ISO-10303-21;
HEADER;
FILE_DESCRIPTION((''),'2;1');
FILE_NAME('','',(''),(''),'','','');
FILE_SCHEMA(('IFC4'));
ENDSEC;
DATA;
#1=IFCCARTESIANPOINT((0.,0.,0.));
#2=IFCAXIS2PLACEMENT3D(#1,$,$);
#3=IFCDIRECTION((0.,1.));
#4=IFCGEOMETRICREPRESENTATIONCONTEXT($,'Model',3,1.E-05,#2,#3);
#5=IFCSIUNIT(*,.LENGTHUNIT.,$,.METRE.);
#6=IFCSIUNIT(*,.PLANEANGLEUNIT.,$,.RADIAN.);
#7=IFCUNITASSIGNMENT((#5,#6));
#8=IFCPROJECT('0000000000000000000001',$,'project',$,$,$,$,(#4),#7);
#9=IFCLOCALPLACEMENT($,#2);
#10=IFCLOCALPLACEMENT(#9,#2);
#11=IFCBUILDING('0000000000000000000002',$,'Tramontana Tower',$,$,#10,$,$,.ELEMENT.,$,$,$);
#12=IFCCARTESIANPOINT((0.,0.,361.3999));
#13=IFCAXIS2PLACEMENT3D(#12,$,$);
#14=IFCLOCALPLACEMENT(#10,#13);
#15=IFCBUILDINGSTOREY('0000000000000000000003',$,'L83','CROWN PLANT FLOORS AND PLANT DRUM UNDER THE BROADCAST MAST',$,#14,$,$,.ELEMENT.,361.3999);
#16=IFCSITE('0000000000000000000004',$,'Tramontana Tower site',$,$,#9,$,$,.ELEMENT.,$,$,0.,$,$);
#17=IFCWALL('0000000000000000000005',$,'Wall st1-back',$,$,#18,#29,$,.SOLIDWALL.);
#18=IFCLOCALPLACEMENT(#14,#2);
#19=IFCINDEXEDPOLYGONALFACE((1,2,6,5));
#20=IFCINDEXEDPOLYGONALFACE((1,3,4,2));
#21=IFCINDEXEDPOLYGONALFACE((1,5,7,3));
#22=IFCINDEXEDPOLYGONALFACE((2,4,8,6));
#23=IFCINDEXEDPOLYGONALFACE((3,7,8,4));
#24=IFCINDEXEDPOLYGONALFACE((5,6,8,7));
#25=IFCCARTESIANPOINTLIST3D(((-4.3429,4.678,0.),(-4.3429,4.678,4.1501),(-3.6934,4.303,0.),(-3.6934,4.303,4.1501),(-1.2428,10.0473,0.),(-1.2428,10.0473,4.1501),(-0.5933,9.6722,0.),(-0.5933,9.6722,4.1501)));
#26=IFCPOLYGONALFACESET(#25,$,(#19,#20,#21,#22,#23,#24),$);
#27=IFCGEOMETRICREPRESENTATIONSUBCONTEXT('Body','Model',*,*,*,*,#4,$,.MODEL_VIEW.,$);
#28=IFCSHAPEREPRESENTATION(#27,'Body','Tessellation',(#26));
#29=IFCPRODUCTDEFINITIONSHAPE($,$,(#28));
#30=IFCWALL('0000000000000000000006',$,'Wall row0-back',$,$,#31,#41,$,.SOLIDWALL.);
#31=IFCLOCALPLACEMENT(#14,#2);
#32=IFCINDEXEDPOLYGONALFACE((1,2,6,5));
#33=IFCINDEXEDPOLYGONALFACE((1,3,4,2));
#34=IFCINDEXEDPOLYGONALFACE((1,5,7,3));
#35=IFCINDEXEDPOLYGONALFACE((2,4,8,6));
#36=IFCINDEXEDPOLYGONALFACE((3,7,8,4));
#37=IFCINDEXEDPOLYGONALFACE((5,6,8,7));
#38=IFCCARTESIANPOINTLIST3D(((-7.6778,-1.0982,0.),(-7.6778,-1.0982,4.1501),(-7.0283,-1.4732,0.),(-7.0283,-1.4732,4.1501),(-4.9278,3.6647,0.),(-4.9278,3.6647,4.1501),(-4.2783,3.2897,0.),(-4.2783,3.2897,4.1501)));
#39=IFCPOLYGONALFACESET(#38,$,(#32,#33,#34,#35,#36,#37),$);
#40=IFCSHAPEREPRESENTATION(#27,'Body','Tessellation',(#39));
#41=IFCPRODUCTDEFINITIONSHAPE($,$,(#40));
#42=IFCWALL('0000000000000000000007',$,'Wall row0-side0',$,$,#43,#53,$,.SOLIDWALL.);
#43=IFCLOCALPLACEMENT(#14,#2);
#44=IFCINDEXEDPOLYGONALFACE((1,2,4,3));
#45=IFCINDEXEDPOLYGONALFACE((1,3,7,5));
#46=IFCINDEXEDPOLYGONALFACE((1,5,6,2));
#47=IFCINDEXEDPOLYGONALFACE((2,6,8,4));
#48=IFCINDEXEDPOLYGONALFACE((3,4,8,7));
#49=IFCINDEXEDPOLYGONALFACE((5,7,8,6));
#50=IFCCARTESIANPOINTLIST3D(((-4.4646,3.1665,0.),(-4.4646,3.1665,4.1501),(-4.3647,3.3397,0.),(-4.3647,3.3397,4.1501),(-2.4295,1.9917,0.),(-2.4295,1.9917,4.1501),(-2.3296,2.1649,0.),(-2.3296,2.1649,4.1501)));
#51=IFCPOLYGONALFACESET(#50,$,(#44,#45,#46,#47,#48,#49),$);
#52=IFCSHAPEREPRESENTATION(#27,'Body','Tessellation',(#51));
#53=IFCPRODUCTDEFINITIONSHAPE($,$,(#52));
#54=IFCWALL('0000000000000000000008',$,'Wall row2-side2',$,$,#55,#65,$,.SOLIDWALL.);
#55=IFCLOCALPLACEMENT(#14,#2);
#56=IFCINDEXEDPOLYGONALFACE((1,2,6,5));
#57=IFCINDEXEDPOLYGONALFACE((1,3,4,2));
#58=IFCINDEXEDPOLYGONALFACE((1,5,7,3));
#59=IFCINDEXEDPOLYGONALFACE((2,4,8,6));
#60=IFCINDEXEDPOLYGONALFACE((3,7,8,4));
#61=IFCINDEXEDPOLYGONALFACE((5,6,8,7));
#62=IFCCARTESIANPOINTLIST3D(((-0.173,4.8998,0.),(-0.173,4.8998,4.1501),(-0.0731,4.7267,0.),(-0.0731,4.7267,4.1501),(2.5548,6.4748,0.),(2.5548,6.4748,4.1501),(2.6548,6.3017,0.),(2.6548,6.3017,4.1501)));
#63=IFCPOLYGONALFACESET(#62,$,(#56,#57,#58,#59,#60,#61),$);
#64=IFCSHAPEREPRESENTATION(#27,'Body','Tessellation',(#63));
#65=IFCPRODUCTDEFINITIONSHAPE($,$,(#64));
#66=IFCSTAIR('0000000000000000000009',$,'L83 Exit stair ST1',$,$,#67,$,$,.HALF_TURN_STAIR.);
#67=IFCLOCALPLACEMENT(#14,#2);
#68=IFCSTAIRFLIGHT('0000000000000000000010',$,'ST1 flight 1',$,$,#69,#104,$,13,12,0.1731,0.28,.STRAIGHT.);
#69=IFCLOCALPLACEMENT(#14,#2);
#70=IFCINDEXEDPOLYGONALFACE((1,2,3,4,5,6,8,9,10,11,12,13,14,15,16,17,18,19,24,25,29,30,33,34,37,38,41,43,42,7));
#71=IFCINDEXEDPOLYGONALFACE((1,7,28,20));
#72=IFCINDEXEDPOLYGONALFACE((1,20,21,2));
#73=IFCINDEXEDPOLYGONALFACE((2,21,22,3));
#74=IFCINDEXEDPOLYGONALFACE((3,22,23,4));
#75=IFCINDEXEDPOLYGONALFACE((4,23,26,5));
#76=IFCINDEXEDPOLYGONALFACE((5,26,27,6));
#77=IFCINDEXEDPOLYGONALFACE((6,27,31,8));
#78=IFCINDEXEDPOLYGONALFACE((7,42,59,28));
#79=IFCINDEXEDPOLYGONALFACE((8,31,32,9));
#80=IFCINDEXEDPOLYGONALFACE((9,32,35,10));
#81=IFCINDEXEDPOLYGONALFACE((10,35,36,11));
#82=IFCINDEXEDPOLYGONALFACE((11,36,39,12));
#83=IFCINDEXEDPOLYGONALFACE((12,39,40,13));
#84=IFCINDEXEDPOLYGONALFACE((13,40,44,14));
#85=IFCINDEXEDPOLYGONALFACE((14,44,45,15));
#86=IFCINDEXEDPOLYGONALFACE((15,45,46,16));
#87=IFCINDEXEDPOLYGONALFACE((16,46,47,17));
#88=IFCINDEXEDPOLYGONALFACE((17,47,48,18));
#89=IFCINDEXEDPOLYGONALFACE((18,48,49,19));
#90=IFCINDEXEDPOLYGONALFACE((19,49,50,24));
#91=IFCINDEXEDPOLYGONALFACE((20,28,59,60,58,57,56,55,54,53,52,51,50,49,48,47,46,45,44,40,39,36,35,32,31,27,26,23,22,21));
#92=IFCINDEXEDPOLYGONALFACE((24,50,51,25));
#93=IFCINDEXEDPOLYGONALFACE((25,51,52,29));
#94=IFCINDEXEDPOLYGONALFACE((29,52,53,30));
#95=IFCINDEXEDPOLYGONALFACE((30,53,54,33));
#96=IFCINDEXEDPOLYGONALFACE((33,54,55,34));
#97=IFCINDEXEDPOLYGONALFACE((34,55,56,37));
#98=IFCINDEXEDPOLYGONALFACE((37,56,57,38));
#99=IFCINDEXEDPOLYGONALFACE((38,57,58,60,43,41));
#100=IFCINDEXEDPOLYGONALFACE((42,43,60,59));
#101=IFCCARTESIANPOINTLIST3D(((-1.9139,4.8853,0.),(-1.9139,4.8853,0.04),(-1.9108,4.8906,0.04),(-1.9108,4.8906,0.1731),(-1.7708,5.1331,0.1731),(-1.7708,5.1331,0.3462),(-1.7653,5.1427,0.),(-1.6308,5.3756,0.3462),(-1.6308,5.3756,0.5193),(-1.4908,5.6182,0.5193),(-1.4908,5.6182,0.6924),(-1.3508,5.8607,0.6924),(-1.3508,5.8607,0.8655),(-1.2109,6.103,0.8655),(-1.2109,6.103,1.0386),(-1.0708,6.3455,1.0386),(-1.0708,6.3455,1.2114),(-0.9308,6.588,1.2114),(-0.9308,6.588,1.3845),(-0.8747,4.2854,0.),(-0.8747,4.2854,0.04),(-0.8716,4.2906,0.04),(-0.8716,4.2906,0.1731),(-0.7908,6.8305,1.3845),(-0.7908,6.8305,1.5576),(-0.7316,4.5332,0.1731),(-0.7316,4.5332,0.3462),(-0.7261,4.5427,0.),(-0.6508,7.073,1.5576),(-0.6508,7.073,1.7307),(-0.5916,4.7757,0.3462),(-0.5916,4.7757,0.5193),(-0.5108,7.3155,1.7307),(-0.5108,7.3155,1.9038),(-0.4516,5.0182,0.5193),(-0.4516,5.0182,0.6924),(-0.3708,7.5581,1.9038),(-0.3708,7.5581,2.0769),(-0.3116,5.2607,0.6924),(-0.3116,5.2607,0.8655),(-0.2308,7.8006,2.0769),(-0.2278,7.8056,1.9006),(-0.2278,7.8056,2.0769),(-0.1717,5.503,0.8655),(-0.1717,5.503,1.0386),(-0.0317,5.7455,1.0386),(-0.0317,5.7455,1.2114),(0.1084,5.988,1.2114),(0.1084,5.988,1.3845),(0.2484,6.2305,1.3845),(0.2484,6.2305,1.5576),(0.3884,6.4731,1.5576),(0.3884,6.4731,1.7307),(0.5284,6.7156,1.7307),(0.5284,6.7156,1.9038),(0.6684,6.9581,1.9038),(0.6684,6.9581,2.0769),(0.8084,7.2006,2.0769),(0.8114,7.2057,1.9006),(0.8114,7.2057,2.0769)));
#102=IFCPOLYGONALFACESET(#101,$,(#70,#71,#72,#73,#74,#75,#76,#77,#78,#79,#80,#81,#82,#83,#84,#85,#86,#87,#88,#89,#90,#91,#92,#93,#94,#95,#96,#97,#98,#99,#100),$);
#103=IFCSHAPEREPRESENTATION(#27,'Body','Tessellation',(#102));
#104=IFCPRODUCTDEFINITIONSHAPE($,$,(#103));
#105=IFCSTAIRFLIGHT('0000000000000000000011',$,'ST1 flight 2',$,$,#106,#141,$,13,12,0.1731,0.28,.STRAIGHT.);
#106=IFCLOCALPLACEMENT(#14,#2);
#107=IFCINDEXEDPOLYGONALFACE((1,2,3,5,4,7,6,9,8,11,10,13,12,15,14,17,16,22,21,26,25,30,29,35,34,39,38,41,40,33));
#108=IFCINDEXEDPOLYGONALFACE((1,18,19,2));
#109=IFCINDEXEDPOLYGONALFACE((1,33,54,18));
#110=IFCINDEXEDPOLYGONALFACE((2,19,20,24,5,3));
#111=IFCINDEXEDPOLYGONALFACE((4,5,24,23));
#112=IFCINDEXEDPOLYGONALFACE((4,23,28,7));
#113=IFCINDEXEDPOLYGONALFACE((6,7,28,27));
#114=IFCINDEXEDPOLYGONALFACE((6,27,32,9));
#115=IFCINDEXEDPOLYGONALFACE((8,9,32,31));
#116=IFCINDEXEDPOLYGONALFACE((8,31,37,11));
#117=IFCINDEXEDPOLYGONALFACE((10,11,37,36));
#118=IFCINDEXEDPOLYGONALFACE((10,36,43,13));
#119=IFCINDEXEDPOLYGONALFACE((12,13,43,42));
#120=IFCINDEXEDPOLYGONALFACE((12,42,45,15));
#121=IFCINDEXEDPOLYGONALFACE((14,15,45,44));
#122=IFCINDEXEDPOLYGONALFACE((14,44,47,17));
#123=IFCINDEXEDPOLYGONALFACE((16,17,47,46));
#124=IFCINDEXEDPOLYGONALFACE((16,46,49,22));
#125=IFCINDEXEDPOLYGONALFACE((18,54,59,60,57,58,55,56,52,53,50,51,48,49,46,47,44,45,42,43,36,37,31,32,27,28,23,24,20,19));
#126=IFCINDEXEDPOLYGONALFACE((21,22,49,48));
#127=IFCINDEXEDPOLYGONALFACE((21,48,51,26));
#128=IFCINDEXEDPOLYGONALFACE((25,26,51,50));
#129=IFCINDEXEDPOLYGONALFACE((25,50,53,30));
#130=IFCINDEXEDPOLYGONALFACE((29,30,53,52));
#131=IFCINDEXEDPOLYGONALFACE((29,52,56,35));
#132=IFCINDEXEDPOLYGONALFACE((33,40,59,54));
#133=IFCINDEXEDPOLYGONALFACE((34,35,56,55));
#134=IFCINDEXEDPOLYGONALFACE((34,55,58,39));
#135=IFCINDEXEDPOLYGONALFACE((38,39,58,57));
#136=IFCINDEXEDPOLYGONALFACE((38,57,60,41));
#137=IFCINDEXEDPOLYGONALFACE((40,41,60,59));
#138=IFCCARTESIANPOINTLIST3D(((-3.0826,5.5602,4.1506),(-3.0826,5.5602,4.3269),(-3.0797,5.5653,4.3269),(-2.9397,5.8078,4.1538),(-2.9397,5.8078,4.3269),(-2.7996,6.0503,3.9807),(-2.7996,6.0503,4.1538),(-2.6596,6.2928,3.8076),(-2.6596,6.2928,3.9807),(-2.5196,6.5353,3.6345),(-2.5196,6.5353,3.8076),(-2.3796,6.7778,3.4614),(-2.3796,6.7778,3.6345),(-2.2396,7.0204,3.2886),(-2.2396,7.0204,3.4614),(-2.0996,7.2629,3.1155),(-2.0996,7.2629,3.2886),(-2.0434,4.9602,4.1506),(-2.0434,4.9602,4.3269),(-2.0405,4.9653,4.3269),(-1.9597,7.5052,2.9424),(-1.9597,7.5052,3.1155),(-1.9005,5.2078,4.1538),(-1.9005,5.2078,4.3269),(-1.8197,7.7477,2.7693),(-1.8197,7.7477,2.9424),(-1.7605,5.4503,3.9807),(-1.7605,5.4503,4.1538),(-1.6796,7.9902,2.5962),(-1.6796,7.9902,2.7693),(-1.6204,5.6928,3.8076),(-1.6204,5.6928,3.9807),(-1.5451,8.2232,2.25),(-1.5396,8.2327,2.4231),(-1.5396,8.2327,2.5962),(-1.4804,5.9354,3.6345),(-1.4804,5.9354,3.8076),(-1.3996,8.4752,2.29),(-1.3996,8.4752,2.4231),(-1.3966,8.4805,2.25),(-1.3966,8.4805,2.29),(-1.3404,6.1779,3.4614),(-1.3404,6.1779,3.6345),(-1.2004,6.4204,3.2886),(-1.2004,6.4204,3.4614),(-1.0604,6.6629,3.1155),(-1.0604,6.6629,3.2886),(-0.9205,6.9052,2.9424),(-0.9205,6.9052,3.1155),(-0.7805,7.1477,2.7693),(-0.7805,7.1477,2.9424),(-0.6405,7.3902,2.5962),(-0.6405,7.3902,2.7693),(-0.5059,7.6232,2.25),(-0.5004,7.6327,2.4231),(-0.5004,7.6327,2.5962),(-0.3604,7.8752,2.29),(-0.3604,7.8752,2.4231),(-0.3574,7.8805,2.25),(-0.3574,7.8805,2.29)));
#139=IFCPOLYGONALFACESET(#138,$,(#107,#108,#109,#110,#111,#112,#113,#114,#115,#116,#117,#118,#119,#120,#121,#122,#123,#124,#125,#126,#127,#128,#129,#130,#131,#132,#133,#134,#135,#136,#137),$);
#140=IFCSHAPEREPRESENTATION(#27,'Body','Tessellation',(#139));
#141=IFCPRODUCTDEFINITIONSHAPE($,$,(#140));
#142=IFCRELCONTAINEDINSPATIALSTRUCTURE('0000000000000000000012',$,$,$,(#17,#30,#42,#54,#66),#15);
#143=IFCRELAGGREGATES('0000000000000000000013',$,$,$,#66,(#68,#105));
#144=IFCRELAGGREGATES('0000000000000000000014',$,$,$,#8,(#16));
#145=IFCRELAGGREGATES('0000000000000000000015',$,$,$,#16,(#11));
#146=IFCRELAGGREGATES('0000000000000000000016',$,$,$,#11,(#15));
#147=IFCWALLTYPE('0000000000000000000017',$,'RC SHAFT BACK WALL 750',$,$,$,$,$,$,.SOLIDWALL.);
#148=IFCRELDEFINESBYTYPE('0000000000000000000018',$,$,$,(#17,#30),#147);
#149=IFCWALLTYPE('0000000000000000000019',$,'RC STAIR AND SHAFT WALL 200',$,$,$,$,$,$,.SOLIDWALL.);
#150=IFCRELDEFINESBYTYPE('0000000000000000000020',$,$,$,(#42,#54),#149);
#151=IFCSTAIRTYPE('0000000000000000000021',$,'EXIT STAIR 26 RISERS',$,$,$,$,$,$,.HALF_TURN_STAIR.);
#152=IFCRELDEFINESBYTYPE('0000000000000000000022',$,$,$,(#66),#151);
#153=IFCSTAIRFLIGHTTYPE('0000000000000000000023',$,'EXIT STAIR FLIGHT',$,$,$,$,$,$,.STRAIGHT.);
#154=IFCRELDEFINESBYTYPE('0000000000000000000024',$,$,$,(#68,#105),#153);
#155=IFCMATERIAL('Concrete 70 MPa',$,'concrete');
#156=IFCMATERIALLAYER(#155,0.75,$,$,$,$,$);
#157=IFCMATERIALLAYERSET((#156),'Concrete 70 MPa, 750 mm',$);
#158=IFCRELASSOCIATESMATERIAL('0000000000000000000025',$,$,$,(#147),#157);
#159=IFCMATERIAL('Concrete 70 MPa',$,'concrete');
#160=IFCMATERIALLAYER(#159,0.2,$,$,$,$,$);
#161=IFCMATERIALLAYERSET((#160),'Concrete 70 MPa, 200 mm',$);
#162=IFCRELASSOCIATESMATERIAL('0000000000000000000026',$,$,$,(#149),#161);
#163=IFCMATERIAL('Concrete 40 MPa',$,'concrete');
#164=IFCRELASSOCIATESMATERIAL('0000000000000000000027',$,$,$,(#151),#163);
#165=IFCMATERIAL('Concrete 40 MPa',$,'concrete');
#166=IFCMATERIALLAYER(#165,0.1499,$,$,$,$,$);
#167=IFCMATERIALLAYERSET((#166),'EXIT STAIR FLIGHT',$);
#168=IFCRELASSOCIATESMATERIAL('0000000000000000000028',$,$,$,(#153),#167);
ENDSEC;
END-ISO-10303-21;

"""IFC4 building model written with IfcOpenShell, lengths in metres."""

from ifc_helpers import new_model, si_unit, direction, frame, frame_2d, origin, place, context, subcontext, project, spatial, polyline, rectangle, outline, extrude, material, layer, layer_set, type_object, element, aggregate, save


model = new_model("IFC4")

# Units and contexts
model_context = context("Model", 3, precision=1e-05, world=origin(), true_north=direction((0.0, 1.0)))
body_context = subcontext(model_context, "Body", "Model", "MODEL_VIEW")
ifc_project = project(units=[si_unit("LENGTHUNIT", "METRE"), si_unit("PLANEANGLEUNIT", "RADIAN")], contexts=[model_context])

# Site, building, storey
site_placement = place(None, origin())
site = spatial("IfcSite", under=ifc_project, at=site_placement, Name="Tramontana Tower site", CompositionType="ELEMENT", RefElevation=0.0)
building_placement = place(site_placement, origin())
building = spatial("IfcBuilding", under=site, at=building_placement, Name="Tramontana Tower", CompositionType="ELEMENT")
storey_placement = place(building_placement, frame((0.0, 0.0, 361.3999)))
storey = spatial("IfcBuildingStorey", under=building, at=storey_placement, Name="L83", Description="CROWN PLANT FLOORS AND PLANT DRUM UNDER THE BROADCAST MAST", CompositionType="ELEMENT", Elevation=361.3999)

# Walls
ifc_material_1 = material(Name="Concrete 70 MPa", Category="concrete")
ifc_layer_1 = layer(ifc_material_1, 0.75)
ifc_layer_set_1 = layer_set([ifc_layer_1], Name="Concrete 70 MPa, 750 mm")
wall_type_1 = type_object("IfcWallType", Name="RC SHAFT BACK WALL 750", PredefinedType="SOLIDWALL", material=ifc_layer_set_1)
wall_1_placement = place(storey_placement, frame((-0.918, 9.8599, 0.0), z_axis=(0.0, 0.0, 1.0), x_axis=(-0.500027, -0.86601, 0.0)))
element("IfcWall", 1, at=wall_1_placement, inside=storey, type_object=wall_type_1, Name="Wall st1-back", PredefinedType="SOLIDWALL", context=body_context, shape_type="SweptSolid", body=[
    extrude(rectangle(XDim=6.2, YDim=0.75, at=frame_2d((3.1001, 0.0))), origin(), (0.0, 0.0, 1.0), 4.1501),
])
wall_2_placement = place(storey_placement, frame((-4.603, 3.4773, 0.0), z_axis=(0.0, 0.0, 1.0), x_axis=(-0.500016, -0.866016, 0.0)))
element("IfcWall", 2, at=wall_2_placement, inside=storey, type_object=wall_type_1, Name="Wall row0-back", PredefinedType="SOLIDWALL", context=body_context, shape_type="SweptSolid", body=[
    extrude(rectangle(XDim=5.4998, YDim=0.75, at=frame_2d((2.75, 0.0))), origin(), (0.0, 0.0, 1.0), 4.1501),
])

# Shared definitions
ifc_material_2 = material(Name="Concrete 70 MPa", Category="concrete")
ifc_layer_2 = layer(ifc_material_2, 0.2)
ifc_layer_set_2 = layer_set([ifc_layer_2], Name="Concrete 70 MPa, 200 mm")
wall_type_2 = type_object("IfcWallType", Name="RC STAIR AND SHAFT WALL 200", PredefinedType="SOLIDWALL", material=ifc_layer_set_2)

# Walls
wall_3_placement = place(storey_placement, frame((-2.3796, 2.0784, 0.0), z_axis=(0.0, 0.0, 1.0), x_axis=(-0.866061, 0.499938, 0.0)))
element("IfcWall", 3, at=wall_3_placement, inside=storey, type_object=wall_type_2, Name="Wall row0-side0", PredefinedType="SOLIDWALL", context=body_context, shape_type="SweptSolid", body=[
    extrude(rectangle(XDim=2.3499, YDim=0.2, at=frame_2d((1.1748, 0.0))), origin(), (0.0, 0.0, 1.0), 4.1501),
])
wall_4_placement = place(storey_placement, frame((-0.123, 4.8132, 0.0), z_axis=(0.0, 0.0, 1.0), x_axis=(0.866016, 0.500015, 0.0)))
element("IfcWall", 4, at=wall_4_placement, inside=storey, type_object=wall_type_2, Name="Wall row2-side2", PredefinedType="SOLIDWALL", context=body_context, shape_type="SweptSolid", body=[
    extrude(rectangle(XDim=3.1499, YDim=0.2, at=frame_2d((1.575, 0.0))), origin(), (0.0, 0.0, 1.0), 4.1501),
])

# Stair, stair flights
ifc_material_3 = material(Name="Concrete 40 MPa", Category="concrete")
stair_type = type_object("IfcStairType", Name="EXIT STAIR 26 RISERS", PredefinedType="HALF_TURN_STAIR", material=ifc_material_3)
stair_placement = place(storey_placement, origin())
stair = element("IfcStair", 5, at=stair_placement, inside=storey, type_object=stair_type, Name="L83 Exit stair ST1", PredefinedType="HALF_TURN_STAIR")
ifc_material_4 = material(Name="Concrete 40 MPa", Category="concrete")
ifc_layer_3 = layer(ifc_material_4, 0.1499)
ifc_layer_set_3 = layer_set([ifc_layer_3], Name="EXIT STAIR FLIGHT")
stair_flight_type = type_object("IfcStairFlightType", Name="EXIT STAIR FLIGHT", PredefinedType="STRAIGHT", material=ifc_layer_set_3)
stair_flight_1_placement = place(storey_placement, frame((-1.3911, 4.5906, 0.0), z_axis=(0.0, 0.0, 1.0), x_axis=(0.5, 0.866025, 0.0)))
stair_flight_1 = element("IfcStairFlight", 6, at=stair_flight_1_placement, type_object=stair_flight_type, Name="ST1 flight 1", NumberOfRisers=13, NumberOfTreads=12, PredefinedType="STRAIGHT", RiserHeight=0.1731, TreadLength=0.28, context=body_context, shape_type="SweptSolid", body=[
    extrude(outline(polyline([(-0.0061, 0.0), (-0.0061, 0.04), (0.0, 0.04), (0.0, 0.1731), (0.28, 0.1731), (0.28, 0.3462), (0.5601, 0.3462), (0.5601, 0.5193), (0.8401, 0.5193), (0.8401, 0.6924), (1.1201, 0.6924), (1.1201, 0.8655), (1.3999, 0.8655), (1.3999, 1.0386), (1.6799, 1.0386), (1.6799, 1.2114), (1.96, 1.2114), (1.96, 1.3845), (2.24, 1.3845), (2.24, 1.5576), (2.52, 1.5576), (2.52, 1.7307), (2.8, 1.7307), (2.8, 1.9038), (3.0801, 1.9038), (3.0801, 2.0769), (3.3601, 2.0769), (3.366, 2.0769), (3.366, 1.9006), (0.291, 0.0), (-0.0061, 0.0)])), frame((0.0, 0.6001, 0.0), z_axis=(0.0, -1.0, 0.0), x_axis=(1.0, 0.0, 0.0)), (0.0, 0.0, 1.0), 1.2),
])
stair_flight_2_placement = place(storey_placement, frame((-0.8801, 8.1753, 2.25), z_axis=(0.0, 0.0, 1.0), x_axis=(-0.5, -0.866025, 0.0)))
stair_flight_2 = element("IfcStairFlight", 7, at=stair_flight_2_placement, type_object=stair_flight_type, Name="ST1 flight 2", NumberOfRisers=13, NumberOfTreads=12, PredefinedType="STRAIGHT", RiserHeight=0.1731, TreadLength=0.28, context=body_context, shape_type="SweptSolid", body=[
    extrude(outline(polyline([(-0.0061, 0.0), (-0.0061, 0.04), (0.0, 0.04), (0.0, 0.1731), (0.28, 0.1731), (0.28, 0.3462), (0.5601, 0.3462), (0.5601, 0.5193), (0.8401, 0.5193), (0.8401, 0.6924), (1.1201, 0.6924), (1.1201, 0.8655), (1.3999, 0.8655), (1.3999, 1.0386), (1.6799, 1.0386), (1.6799, 1.2114), (1.96, 1.2114), (1.96, 1.3845), (2.24, 1.3845), (2.24, 1.5576), (2.52, 1.5576), (2.52, 1.7307), (2.8, 1.7307), (2.8, 1.9038), (3.0801, 1.9038), (3.0801, 2.0769), (3.3601, 2.0769), (3.366, 2.0769), (3.366, 1.9006), (0.291, 0.0), (-0.0061, 0.0)])), frame((0.0, 0.6001, 0.0), z_axis=(0.0, -1.0, 0.0), x_axis=(1.0, 0.0, 0.0)), (0.0, 0.0, 1.0), 1.2),
])
aggregate(stair, [stair_flight_1, stair_flight_2])

save(model, "model.ifc")
